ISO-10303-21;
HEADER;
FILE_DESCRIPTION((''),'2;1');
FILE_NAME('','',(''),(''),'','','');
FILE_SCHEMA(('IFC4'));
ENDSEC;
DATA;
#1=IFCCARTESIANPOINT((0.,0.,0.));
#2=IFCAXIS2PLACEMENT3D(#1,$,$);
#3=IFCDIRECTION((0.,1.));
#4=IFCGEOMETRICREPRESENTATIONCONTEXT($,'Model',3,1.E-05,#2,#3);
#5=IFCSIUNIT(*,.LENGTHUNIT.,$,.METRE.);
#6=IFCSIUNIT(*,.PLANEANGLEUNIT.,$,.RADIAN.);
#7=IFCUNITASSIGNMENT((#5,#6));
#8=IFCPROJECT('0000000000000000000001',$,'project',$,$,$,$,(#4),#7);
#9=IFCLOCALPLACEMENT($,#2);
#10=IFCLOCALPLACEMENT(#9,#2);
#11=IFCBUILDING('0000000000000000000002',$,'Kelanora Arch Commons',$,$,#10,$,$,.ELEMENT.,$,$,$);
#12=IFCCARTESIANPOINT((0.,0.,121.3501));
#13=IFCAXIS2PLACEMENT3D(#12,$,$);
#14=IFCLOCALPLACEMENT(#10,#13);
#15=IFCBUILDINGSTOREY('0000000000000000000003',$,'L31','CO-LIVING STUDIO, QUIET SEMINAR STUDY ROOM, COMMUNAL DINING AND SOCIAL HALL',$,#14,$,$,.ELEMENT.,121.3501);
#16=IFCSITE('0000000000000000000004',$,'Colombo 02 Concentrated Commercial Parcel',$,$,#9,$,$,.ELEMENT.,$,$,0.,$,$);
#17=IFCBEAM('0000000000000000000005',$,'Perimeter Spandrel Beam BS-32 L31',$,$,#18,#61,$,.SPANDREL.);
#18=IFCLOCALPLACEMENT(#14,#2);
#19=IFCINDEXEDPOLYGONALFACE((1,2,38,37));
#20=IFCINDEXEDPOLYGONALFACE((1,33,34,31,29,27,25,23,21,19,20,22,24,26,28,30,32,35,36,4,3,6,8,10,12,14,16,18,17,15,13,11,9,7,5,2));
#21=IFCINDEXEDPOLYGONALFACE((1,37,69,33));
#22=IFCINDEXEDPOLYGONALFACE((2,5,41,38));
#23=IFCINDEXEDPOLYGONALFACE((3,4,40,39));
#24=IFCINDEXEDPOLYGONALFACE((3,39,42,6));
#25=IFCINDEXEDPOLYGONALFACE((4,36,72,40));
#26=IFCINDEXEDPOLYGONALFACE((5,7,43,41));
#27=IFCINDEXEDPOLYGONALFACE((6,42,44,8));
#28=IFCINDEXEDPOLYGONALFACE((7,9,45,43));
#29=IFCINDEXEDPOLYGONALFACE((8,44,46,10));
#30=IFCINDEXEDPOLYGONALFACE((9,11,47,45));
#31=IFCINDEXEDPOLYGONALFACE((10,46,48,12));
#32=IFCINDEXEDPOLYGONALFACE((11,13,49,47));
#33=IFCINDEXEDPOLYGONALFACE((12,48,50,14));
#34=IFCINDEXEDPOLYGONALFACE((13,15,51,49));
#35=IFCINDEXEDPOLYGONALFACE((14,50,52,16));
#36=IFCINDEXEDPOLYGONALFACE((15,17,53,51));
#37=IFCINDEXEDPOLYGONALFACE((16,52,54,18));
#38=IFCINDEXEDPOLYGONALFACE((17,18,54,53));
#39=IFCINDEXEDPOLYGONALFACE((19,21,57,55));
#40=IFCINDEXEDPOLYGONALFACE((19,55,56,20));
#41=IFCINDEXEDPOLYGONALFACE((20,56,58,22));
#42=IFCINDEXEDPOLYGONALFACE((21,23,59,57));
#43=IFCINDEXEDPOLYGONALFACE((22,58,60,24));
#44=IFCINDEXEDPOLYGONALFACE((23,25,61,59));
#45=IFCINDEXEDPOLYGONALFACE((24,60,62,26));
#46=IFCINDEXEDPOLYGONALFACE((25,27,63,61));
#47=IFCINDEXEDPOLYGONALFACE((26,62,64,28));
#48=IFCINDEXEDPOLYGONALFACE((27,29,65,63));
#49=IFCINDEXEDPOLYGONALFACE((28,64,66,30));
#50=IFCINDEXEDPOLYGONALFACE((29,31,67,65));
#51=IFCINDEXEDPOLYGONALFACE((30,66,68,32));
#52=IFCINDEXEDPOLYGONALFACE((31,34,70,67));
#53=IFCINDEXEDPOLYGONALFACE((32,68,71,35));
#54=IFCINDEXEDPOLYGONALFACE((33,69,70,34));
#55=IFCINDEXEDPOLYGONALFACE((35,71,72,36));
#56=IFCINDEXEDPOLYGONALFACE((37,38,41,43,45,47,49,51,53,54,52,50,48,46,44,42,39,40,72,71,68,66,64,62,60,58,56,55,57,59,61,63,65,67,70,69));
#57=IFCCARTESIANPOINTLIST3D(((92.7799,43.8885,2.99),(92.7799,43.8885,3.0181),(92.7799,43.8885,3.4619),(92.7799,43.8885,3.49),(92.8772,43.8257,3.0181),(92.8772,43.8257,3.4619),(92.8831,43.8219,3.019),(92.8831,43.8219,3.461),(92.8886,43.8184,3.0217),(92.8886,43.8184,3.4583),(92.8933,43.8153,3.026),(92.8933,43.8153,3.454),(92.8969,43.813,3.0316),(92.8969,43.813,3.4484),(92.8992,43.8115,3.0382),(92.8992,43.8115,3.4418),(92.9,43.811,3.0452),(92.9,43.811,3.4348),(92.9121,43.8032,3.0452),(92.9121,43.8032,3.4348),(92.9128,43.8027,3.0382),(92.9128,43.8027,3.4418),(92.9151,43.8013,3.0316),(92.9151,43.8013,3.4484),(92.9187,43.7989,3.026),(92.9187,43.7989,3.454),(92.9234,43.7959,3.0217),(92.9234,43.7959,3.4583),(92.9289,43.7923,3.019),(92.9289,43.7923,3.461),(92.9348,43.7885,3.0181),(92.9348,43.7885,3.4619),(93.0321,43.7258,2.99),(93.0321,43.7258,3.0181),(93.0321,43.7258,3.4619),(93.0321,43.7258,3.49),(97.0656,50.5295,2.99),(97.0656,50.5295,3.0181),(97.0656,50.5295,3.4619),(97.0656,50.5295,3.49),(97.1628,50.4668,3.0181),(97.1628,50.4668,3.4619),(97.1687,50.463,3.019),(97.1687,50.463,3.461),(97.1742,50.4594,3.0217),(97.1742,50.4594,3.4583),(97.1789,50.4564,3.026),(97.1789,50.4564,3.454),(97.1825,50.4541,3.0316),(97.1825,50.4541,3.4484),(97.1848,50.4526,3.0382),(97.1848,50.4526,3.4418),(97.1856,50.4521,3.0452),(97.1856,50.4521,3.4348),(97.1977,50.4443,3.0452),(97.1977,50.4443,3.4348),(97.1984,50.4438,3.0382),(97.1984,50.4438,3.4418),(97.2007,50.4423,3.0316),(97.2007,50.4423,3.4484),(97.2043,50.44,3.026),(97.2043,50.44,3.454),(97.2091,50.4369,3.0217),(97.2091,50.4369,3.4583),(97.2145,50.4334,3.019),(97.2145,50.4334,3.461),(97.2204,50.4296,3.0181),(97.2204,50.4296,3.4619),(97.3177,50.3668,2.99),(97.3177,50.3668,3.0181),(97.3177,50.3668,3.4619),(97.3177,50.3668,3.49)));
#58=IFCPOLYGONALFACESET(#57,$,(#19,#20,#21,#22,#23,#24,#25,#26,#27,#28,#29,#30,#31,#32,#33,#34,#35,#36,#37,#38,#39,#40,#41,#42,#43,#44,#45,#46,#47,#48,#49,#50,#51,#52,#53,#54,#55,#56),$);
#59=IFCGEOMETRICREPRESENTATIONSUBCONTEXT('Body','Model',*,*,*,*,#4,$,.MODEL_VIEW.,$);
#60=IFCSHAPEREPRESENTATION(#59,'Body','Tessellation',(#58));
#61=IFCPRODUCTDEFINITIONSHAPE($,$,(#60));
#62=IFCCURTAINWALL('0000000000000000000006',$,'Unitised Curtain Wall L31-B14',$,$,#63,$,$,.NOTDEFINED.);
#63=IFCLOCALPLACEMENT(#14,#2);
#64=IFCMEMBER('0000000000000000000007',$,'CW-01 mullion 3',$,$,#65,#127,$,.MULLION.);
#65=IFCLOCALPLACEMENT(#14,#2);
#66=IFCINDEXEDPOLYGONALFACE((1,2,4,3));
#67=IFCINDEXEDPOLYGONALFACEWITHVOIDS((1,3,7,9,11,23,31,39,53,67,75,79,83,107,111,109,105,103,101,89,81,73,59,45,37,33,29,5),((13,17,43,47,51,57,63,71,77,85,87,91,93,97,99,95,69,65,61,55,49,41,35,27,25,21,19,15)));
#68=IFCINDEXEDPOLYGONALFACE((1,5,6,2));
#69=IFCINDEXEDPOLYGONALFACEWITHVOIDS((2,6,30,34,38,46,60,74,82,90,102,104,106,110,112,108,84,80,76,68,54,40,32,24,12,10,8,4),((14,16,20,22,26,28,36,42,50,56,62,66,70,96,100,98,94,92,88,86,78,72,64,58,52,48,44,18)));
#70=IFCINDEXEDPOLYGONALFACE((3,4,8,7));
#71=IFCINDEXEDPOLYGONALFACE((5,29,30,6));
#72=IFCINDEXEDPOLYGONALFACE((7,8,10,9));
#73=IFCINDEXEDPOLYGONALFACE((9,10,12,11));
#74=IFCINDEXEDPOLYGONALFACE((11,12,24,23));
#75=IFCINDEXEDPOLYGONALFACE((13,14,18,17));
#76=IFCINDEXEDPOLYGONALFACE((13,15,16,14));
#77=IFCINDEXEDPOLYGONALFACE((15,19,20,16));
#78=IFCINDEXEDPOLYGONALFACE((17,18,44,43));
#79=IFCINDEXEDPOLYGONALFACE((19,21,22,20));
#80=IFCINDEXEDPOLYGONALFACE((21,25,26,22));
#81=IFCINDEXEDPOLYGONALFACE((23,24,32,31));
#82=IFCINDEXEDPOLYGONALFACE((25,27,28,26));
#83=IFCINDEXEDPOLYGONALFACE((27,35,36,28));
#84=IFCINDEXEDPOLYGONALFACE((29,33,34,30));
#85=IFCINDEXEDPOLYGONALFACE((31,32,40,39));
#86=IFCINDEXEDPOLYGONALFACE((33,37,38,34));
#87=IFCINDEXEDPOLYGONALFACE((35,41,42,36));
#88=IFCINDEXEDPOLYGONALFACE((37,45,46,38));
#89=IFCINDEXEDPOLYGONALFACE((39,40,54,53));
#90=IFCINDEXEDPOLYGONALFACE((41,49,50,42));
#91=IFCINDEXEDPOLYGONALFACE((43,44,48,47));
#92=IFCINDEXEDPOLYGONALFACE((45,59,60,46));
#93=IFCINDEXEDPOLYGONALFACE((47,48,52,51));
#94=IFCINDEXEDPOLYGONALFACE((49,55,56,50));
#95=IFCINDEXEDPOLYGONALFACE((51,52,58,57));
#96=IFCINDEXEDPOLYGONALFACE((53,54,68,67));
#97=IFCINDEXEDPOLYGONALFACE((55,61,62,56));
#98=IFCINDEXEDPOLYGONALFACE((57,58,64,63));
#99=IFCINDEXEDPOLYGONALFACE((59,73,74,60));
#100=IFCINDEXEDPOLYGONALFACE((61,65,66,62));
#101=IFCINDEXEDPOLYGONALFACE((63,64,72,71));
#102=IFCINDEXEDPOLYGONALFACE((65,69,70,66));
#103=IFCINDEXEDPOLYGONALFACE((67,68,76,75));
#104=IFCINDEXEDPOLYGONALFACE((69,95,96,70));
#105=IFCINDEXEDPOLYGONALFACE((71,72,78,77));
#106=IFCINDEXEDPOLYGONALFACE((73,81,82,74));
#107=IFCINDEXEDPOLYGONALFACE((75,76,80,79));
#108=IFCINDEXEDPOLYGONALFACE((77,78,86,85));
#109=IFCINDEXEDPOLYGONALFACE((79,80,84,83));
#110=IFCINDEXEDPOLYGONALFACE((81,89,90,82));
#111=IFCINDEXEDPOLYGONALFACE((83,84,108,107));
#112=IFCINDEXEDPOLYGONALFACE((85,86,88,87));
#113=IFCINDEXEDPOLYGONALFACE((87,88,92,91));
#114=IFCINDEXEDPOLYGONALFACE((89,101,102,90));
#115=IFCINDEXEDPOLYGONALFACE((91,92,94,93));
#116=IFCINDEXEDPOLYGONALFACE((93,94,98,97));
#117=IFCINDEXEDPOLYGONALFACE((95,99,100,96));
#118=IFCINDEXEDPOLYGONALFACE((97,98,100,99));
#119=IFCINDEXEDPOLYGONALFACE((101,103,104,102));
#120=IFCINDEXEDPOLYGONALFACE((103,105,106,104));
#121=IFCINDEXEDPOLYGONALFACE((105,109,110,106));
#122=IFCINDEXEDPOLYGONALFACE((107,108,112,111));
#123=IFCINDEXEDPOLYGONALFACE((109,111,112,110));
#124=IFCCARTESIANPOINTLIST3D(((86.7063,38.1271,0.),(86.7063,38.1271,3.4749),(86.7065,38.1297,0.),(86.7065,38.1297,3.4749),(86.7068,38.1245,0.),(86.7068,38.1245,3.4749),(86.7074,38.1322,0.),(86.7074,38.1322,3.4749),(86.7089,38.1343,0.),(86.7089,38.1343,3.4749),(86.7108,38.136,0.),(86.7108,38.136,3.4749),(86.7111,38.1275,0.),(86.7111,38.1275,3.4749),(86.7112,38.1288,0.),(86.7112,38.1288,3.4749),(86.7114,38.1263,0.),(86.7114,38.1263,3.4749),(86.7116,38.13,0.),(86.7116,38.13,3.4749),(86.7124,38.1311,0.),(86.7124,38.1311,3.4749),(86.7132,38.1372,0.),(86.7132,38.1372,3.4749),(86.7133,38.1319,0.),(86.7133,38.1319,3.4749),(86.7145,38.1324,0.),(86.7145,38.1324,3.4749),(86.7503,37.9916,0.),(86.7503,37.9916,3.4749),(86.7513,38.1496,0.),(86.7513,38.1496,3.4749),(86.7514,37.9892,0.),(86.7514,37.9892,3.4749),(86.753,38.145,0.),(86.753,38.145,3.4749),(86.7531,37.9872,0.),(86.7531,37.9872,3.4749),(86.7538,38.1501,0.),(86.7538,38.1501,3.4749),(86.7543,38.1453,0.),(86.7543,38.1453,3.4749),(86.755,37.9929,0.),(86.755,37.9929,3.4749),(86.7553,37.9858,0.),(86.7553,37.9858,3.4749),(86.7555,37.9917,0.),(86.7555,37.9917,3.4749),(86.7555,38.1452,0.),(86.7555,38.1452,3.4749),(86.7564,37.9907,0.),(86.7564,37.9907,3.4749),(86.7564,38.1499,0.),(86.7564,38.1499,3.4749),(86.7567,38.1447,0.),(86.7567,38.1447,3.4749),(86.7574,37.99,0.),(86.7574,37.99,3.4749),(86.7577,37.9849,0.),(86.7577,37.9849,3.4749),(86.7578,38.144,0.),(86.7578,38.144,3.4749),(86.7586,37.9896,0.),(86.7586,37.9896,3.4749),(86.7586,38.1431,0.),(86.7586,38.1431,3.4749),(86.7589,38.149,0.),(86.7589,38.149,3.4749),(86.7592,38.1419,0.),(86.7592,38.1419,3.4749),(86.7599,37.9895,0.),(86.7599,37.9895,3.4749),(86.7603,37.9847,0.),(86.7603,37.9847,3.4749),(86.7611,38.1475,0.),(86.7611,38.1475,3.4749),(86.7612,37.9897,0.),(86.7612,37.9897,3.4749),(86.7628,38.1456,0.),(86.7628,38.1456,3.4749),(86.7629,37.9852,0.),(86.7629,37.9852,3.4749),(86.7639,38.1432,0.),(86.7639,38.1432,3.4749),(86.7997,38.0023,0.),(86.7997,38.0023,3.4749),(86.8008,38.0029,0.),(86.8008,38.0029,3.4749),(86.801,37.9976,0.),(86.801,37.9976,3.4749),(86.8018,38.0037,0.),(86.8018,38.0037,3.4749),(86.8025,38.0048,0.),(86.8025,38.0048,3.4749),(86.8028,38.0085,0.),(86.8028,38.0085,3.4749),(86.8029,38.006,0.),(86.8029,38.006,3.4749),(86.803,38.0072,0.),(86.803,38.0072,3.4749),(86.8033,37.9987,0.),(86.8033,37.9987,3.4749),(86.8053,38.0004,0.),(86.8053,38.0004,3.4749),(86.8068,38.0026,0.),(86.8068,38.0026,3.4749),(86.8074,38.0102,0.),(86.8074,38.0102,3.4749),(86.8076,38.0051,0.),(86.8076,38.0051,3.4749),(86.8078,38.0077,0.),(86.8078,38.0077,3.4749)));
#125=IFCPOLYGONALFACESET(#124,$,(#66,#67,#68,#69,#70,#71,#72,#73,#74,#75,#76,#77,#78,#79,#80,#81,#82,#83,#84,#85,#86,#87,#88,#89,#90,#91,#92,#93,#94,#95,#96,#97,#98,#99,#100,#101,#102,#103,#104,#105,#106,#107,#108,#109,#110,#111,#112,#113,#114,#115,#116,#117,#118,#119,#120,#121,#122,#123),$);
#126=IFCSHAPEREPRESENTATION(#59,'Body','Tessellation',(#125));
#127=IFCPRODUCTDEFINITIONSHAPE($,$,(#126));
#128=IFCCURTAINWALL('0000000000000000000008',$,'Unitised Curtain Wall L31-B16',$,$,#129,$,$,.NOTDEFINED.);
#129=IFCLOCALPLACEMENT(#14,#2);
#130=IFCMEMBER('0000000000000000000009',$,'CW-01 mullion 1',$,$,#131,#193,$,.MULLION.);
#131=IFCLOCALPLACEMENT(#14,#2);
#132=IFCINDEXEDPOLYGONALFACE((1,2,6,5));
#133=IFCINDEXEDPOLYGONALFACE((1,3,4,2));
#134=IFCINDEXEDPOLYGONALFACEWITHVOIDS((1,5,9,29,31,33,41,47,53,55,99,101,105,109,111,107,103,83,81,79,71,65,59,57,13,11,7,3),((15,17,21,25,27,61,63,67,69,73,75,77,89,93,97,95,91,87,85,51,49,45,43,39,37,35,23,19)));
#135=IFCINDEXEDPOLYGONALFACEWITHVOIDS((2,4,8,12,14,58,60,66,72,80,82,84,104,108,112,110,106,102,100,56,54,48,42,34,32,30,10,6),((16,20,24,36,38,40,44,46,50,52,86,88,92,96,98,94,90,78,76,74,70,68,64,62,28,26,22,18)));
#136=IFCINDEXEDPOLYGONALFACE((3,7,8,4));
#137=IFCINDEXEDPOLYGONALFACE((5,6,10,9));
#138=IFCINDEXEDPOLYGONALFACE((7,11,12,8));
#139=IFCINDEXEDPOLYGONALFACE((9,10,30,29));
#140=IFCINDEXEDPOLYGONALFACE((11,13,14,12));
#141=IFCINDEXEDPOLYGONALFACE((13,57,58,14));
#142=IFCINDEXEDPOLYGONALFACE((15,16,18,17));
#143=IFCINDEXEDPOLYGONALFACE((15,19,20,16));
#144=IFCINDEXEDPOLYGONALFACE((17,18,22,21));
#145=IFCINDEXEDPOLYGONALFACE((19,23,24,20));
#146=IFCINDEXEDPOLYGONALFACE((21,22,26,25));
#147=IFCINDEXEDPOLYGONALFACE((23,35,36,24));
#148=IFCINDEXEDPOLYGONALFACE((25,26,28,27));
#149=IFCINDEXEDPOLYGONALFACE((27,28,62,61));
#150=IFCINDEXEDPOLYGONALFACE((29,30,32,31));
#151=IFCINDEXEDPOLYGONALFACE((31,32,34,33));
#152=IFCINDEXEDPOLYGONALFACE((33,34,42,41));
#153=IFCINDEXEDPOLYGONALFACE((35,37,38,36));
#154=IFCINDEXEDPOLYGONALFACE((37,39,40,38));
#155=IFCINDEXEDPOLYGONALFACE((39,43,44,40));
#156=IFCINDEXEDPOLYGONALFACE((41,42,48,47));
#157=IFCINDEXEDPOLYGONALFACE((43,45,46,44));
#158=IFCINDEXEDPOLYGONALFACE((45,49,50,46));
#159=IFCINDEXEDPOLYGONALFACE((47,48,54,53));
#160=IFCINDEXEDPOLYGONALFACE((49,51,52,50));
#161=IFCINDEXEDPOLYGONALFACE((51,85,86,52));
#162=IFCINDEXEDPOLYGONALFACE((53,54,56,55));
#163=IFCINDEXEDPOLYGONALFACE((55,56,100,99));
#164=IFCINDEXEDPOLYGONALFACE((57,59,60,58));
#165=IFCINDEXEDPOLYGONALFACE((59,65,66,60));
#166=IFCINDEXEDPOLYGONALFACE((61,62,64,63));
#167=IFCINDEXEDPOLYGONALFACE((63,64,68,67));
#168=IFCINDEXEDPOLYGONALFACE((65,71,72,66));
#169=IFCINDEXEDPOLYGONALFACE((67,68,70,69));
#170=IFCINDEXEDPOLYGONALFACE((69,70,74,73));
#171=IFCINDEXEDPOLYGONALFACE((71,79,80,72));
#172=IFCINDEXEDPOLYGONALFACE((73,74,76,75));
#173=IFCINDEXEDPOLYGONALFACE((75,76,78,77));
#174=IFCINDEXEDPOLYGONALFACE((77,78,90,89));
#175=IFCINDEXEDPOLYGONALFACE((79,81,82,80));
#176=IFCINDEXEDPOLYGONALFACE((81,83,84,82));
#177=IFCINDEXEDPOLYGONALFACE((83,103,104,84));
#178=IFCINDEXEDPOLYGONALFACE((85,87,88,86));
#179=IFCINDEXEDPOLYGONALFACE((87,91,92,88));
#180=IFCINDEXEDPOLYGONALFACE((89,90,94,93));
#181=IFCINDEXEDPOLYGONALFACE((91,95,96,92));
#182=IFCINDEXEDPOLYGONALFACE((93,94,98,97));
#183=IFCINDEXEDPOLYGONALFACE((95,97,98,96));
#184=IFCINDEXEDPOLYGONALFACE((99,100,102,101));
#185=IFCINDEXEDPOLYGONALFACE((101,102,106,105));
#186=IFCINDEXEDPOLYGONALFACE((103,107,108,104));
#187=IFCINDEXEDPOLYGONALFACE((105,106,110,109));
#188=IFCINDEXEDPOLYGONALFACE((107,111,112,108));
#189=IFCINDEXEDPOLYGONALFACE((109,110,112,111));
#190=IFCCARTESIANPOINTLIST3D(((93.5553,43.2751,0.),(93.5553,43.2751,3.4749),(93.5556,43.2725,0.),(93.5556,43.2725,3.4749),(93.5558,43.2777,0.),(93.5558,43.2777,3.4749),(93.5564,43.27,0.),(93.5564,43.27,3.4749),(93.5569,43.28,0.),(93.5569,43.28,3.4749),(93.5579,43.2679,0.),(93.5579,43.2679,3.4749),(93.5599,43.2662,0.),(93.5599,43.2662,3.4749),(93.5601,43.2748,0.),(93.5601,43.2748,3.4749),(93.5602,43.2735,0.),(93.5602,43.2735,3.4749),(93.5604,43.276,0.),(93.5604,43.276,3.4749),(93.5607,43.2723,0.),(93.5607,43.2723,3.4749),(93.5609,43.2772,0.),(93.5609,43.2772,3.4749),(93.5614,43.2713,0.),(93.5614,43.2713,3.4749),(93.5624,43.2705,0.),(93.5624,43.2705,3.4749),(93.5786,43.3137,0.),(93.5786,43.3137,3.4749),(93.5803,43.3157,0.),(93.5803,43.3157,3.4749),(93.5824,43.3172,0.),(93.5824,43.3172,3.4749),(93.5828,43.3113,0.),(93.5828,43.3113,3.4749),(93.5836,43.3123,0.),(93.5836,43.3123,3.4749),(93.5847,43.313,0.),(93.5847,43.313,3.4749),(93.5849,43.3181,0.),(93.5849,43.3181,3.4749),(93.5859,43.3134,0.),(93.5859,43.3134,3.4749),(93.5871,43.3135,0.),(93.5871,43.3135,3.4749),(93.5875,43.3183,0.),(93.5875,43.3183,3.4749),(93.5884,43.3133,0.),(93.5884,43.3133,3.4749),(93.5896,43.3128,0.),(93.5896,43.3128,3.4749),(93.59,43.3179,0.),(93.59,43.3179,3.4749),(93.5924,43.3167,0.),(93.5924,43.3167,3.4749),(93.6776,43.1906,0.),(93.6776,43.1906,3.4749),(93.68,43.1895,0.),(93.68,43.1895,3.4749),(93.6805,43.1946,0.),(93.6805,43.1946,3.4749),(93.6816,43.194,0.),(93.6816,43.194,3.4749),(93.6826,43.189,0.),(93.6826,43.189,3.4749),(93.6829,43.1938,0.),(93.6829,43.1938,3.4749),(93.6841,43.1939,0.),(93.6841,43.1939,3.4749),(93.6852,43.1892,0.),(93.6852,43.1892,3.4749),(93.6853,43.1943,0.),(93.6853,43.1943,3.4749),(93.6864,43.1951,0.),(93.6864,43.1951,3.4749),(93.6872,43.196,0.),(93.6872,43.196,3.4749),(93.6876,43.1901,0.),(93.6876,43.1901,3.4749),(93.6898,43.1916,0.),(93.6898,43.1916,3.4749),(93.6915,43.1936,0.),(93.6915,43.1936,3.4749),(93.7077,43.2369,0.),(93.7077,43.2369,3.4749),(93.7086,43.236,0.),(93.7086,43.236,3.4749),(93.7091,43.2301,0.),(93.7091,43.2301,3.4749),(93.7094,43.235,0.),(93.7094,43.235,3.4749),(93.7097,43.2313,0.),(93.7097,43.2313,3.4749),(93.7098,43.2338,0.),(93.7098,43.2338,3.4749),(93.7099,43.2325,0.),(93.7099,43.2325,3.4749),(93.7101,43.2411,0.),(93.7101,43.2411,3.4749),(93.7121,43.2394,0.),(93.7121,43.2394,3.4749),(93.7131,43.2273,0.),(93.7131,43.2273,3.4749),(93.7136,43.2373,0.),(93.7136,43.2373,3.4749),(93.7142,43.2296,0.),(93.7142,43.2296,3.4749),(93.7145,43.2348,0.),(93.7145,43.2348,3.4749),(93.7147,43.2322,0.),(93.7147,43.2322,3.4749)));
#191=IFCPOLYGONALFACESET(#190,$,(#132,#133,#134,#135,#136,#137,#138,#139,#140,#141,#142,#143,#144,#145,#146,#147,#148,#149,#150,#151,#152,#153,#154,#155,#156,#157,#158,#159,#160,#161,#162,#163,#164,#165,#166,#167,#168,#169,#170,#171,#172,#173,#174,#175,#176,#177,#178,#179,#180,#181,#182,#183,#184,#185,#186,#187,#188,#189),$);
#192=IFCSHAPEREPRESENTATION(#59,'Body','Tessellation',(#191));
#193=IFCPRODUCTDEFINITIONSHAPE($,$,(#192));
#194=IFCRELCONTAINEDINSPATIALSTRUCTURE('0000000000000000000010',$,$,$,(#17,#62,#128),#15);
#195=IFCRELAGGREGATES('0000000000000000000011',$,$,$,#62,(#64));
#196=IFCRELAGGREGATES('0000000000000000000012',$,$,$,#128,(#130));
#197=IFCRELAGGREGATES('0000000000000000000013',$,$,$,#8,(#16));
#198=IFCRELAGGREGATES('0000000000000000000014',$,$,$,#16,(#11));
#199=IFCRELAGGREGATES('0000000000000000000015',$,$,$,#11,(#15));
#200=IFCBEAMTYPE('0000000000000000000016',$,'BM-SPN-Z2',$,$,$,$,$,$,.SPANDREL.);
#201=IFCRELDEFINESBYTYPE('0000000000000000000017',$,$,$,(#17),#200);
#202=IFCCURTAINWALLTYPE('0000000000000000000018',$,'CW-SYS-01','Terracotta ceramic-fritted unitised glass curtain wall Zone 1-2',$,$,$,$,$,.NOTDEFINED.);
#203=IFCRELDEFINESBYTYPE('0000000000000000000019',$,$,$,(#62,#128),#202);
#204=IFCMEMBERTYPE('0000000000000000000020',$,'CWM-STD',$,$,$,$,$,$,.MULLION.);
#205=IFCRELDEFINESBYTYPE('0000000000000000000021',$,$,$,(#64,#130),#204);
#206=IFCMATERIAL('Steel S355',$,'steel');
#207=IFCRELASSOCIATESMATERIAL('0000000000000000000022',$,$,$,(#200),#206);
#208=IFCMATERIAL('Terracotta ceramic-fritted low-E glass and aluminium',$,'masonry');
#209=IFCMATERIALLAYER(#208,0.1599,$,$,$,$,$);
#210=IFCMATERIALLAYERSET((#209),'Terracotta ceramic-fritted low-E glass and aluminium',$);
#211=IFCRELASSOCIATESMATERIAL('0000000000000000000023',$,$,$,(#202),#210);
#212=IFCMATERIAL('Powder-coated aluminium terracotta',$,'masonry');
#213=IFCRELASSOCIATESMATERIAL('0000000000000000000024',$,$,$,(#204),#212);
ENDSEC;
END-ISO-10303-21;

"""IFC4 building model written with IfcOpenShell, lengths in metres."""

from ifc_helpers import new_model, si_unit, direction, frame, origin, origin_2d, place, context, subcontext, project, spatial, hollow_rectangle, i_section, extrude, material, layer, layer_set, material_profile, profile_set, type_object, element, aggregate, save


model = new_model("IFC4")

# Units and contexts
model_context = context("Model", 3, precision=1e-05, world=origin(), true_north=direction((0.0, 1.0)))
body_context = subcontext(model_context, "Body", "Model", "MODEL_VIEW")
ifc_project = project(units=[si_unit("LENGTHUNIT", "METRE"), si_unit("PLANEANGLEUNIT", "RADIAN")], contexts=[model_context])

# Site, building, storey
site_placement = place(None, origin())
site = spatial("IfcSite", under=ifc_project, at=site_placement, Name="Colombo 02 Concentrated Commercial Parcel", CompositionType="ELEMENT", RefElevation=0.0)
building_placement = place(site_placement, origin())
building = spatial("IfcBuilding", under=site, at=building_placement, Name="Kelanora Arch Commons", CompositionType="ELEMENT")
storey_placement = place(building_placement, frame((0.0, 0.0, 121.3501)))
storey = spatial("IfcBuildingStorey", under=building, at=storey_placement, Name="L31", Description="CO-LIVING STUDIO, QUIET SEMINAR STUDY ROOM, COMMUNAL DINING AND SOCIAL HALL", CompositionType="ELEMENT", Elevation=121.3501)

# Beam
ifc_material_1 = material(Name="Steel S355", Category="steel")
ifc_material_profile_1 = material_profile(ifc_material_1, i_section(OverallWidth=0.3, OverallDepth=0.5, WebThickness=0.0144, FlangeThickness=0.0281, FilletRadius=0.0271, at=origin_2d()), Name="HEB500")
ifc_profile_set_1 = profile_set([ifc_material_profile_1], Name="Steel S355")
beam_type_1 = type_object("IfcBeamType", Name="BM-SPN-Z2", PredefinedType="SPANDREL", material=ifc_profile_set_1)
beam_1_placement = place(storey_placement, frame((92.906, 43.8071, 3.24), z_axis=(0.542221, 0.840236, 0.0), x_axis=(-0.840236, 0.542221, 0.0)))
element("IfcBeam", 1, at=beam_1_placement, inside=storey, type_object=beam_type_1, Name="Perimeter Spandrel Beam BS-32 L31", PredefinedType="SPANDREL", context=body_context, shape_type="SweptSolid", body=[
    extrude(i_section(OverallWidth=0.3, OverallDepth=0.5, WebThickness=0.0144, FlangeThickness=0.0281, FilletRadius=0.0271, at=origin_2d()), origin(), (0.0, 0.0, 1.0), 7.9038),
])

# Curtain wall, member
ifc_material_2 = material(Name="Terracotta ceramic-fritted low-E glass and aluminium", Category="masonry")
ifc_layer_1 = layer(ifc_material_2, 0.1599)
ifc_layer_set_1 = layer_set([ifc_layer_1], Name="Terracotta ceramic-fritted low-E glass and aluminium")
curtain_wall_type = type_object("IfcCurtainWallType", Name="CW-SYS-01", Description="Terracotta ceramic-fritted unitised glass curtain wall Zone 1-2", PredefinedType="NOTDEFINED", material=ifc_layer_set_1)
curtain_wall_1_placement = place(storey_placement, origin())
curtain_wall_1 = element("IfcCurtainWall", 2, at=curtain_wall_1_placement, inside=storey, type_object=curtain_wall_type, Name="Unitised Curtain Wall L31-B14", PredefinedType="NOTDEFINED")
ifc_material_3 = material(Name="Powder-coated aluminium terracotta", Category="masonry")
ifc_material_profile_2 = material_profile(ifc_material_3, hollow_rectangle(XDim=0.1599, YDim=0.0601, WallThickness=0.0049, InnerFilletRadius=0.0049, OuterFilletRadius=0.01, at=origin_2d()), Name="CWM160x60")
ifc_profile_set_2 = profile_set([ifc_material_profile_2], Name="Powder-coated aluminium terracotta")
member_type_1 = type_object("IfcMemberType", Name="CWM-STD", PredefinedType="MULLION", material=ifc_profile_set_2)
member_1_placement = place(storey_placement, frame((86.7571, 38.0674, 0.0), z_axis=(0.0, 0.0, 1.0), x_axis=(-0.310805, 0.950474, 0.0)))
member_1 = element("IfcMember", 3, at=member_1_placement, type_object=member_type_1, Name="CW-01 mullion 3", PredefinedType="MULLION", context=body_context, shape_type="SweptSolid", body=[
    extrude(hollow_rectangle(XDim=0.1599, YDim=0.0601, WallThickness=0.0049, InnerFilletRadius=0.0049, OuterFilletRadius=0.01, at=origin_2d()), origin(), (0.0, 0.0, 1.0), 3.4749),
])

# Curtain wall, member
curtain_wall_2_placement = place(storey_placement, origin())
curtain_wall_2 = element("IfcCurtainWall", 4, at=curtain_wall_2_placement, inside=storey, type_object=curtain_wall_type, Name="Unitised Curtain Wall L31-B16", PredefinedType="NOTDEFINED")
member_2_placement = place(storey_placement, frame((93.635, 43.2537, 0.0), z_axis=(0.0, 0.0, 1.0), x_axis=(-0.841269, 0.540617, 0.0)))
member_2 = element("IfcMember", 5, at=member_2_placement, type_object=member_type_1, Name="CW-01 mullion 1", PredefinedType="MULLION", context=body_context, shape_type="SweptSolid", body=[
    extrude(hollow_rectangle(XDim=0.1599, YDim=0.0601, WallThickness=0.0049, InnerFilletRadius=0.0049, OuterFilletRadius=0.01, at=origin_2d()), origin(), (0.0, 0.0, 1.0), 3.4749),
])

aggregate(curtain_wall_1, [member_1])
aggregate(curtain_wall_2, [member_2])

save(model, "model.ifc")
